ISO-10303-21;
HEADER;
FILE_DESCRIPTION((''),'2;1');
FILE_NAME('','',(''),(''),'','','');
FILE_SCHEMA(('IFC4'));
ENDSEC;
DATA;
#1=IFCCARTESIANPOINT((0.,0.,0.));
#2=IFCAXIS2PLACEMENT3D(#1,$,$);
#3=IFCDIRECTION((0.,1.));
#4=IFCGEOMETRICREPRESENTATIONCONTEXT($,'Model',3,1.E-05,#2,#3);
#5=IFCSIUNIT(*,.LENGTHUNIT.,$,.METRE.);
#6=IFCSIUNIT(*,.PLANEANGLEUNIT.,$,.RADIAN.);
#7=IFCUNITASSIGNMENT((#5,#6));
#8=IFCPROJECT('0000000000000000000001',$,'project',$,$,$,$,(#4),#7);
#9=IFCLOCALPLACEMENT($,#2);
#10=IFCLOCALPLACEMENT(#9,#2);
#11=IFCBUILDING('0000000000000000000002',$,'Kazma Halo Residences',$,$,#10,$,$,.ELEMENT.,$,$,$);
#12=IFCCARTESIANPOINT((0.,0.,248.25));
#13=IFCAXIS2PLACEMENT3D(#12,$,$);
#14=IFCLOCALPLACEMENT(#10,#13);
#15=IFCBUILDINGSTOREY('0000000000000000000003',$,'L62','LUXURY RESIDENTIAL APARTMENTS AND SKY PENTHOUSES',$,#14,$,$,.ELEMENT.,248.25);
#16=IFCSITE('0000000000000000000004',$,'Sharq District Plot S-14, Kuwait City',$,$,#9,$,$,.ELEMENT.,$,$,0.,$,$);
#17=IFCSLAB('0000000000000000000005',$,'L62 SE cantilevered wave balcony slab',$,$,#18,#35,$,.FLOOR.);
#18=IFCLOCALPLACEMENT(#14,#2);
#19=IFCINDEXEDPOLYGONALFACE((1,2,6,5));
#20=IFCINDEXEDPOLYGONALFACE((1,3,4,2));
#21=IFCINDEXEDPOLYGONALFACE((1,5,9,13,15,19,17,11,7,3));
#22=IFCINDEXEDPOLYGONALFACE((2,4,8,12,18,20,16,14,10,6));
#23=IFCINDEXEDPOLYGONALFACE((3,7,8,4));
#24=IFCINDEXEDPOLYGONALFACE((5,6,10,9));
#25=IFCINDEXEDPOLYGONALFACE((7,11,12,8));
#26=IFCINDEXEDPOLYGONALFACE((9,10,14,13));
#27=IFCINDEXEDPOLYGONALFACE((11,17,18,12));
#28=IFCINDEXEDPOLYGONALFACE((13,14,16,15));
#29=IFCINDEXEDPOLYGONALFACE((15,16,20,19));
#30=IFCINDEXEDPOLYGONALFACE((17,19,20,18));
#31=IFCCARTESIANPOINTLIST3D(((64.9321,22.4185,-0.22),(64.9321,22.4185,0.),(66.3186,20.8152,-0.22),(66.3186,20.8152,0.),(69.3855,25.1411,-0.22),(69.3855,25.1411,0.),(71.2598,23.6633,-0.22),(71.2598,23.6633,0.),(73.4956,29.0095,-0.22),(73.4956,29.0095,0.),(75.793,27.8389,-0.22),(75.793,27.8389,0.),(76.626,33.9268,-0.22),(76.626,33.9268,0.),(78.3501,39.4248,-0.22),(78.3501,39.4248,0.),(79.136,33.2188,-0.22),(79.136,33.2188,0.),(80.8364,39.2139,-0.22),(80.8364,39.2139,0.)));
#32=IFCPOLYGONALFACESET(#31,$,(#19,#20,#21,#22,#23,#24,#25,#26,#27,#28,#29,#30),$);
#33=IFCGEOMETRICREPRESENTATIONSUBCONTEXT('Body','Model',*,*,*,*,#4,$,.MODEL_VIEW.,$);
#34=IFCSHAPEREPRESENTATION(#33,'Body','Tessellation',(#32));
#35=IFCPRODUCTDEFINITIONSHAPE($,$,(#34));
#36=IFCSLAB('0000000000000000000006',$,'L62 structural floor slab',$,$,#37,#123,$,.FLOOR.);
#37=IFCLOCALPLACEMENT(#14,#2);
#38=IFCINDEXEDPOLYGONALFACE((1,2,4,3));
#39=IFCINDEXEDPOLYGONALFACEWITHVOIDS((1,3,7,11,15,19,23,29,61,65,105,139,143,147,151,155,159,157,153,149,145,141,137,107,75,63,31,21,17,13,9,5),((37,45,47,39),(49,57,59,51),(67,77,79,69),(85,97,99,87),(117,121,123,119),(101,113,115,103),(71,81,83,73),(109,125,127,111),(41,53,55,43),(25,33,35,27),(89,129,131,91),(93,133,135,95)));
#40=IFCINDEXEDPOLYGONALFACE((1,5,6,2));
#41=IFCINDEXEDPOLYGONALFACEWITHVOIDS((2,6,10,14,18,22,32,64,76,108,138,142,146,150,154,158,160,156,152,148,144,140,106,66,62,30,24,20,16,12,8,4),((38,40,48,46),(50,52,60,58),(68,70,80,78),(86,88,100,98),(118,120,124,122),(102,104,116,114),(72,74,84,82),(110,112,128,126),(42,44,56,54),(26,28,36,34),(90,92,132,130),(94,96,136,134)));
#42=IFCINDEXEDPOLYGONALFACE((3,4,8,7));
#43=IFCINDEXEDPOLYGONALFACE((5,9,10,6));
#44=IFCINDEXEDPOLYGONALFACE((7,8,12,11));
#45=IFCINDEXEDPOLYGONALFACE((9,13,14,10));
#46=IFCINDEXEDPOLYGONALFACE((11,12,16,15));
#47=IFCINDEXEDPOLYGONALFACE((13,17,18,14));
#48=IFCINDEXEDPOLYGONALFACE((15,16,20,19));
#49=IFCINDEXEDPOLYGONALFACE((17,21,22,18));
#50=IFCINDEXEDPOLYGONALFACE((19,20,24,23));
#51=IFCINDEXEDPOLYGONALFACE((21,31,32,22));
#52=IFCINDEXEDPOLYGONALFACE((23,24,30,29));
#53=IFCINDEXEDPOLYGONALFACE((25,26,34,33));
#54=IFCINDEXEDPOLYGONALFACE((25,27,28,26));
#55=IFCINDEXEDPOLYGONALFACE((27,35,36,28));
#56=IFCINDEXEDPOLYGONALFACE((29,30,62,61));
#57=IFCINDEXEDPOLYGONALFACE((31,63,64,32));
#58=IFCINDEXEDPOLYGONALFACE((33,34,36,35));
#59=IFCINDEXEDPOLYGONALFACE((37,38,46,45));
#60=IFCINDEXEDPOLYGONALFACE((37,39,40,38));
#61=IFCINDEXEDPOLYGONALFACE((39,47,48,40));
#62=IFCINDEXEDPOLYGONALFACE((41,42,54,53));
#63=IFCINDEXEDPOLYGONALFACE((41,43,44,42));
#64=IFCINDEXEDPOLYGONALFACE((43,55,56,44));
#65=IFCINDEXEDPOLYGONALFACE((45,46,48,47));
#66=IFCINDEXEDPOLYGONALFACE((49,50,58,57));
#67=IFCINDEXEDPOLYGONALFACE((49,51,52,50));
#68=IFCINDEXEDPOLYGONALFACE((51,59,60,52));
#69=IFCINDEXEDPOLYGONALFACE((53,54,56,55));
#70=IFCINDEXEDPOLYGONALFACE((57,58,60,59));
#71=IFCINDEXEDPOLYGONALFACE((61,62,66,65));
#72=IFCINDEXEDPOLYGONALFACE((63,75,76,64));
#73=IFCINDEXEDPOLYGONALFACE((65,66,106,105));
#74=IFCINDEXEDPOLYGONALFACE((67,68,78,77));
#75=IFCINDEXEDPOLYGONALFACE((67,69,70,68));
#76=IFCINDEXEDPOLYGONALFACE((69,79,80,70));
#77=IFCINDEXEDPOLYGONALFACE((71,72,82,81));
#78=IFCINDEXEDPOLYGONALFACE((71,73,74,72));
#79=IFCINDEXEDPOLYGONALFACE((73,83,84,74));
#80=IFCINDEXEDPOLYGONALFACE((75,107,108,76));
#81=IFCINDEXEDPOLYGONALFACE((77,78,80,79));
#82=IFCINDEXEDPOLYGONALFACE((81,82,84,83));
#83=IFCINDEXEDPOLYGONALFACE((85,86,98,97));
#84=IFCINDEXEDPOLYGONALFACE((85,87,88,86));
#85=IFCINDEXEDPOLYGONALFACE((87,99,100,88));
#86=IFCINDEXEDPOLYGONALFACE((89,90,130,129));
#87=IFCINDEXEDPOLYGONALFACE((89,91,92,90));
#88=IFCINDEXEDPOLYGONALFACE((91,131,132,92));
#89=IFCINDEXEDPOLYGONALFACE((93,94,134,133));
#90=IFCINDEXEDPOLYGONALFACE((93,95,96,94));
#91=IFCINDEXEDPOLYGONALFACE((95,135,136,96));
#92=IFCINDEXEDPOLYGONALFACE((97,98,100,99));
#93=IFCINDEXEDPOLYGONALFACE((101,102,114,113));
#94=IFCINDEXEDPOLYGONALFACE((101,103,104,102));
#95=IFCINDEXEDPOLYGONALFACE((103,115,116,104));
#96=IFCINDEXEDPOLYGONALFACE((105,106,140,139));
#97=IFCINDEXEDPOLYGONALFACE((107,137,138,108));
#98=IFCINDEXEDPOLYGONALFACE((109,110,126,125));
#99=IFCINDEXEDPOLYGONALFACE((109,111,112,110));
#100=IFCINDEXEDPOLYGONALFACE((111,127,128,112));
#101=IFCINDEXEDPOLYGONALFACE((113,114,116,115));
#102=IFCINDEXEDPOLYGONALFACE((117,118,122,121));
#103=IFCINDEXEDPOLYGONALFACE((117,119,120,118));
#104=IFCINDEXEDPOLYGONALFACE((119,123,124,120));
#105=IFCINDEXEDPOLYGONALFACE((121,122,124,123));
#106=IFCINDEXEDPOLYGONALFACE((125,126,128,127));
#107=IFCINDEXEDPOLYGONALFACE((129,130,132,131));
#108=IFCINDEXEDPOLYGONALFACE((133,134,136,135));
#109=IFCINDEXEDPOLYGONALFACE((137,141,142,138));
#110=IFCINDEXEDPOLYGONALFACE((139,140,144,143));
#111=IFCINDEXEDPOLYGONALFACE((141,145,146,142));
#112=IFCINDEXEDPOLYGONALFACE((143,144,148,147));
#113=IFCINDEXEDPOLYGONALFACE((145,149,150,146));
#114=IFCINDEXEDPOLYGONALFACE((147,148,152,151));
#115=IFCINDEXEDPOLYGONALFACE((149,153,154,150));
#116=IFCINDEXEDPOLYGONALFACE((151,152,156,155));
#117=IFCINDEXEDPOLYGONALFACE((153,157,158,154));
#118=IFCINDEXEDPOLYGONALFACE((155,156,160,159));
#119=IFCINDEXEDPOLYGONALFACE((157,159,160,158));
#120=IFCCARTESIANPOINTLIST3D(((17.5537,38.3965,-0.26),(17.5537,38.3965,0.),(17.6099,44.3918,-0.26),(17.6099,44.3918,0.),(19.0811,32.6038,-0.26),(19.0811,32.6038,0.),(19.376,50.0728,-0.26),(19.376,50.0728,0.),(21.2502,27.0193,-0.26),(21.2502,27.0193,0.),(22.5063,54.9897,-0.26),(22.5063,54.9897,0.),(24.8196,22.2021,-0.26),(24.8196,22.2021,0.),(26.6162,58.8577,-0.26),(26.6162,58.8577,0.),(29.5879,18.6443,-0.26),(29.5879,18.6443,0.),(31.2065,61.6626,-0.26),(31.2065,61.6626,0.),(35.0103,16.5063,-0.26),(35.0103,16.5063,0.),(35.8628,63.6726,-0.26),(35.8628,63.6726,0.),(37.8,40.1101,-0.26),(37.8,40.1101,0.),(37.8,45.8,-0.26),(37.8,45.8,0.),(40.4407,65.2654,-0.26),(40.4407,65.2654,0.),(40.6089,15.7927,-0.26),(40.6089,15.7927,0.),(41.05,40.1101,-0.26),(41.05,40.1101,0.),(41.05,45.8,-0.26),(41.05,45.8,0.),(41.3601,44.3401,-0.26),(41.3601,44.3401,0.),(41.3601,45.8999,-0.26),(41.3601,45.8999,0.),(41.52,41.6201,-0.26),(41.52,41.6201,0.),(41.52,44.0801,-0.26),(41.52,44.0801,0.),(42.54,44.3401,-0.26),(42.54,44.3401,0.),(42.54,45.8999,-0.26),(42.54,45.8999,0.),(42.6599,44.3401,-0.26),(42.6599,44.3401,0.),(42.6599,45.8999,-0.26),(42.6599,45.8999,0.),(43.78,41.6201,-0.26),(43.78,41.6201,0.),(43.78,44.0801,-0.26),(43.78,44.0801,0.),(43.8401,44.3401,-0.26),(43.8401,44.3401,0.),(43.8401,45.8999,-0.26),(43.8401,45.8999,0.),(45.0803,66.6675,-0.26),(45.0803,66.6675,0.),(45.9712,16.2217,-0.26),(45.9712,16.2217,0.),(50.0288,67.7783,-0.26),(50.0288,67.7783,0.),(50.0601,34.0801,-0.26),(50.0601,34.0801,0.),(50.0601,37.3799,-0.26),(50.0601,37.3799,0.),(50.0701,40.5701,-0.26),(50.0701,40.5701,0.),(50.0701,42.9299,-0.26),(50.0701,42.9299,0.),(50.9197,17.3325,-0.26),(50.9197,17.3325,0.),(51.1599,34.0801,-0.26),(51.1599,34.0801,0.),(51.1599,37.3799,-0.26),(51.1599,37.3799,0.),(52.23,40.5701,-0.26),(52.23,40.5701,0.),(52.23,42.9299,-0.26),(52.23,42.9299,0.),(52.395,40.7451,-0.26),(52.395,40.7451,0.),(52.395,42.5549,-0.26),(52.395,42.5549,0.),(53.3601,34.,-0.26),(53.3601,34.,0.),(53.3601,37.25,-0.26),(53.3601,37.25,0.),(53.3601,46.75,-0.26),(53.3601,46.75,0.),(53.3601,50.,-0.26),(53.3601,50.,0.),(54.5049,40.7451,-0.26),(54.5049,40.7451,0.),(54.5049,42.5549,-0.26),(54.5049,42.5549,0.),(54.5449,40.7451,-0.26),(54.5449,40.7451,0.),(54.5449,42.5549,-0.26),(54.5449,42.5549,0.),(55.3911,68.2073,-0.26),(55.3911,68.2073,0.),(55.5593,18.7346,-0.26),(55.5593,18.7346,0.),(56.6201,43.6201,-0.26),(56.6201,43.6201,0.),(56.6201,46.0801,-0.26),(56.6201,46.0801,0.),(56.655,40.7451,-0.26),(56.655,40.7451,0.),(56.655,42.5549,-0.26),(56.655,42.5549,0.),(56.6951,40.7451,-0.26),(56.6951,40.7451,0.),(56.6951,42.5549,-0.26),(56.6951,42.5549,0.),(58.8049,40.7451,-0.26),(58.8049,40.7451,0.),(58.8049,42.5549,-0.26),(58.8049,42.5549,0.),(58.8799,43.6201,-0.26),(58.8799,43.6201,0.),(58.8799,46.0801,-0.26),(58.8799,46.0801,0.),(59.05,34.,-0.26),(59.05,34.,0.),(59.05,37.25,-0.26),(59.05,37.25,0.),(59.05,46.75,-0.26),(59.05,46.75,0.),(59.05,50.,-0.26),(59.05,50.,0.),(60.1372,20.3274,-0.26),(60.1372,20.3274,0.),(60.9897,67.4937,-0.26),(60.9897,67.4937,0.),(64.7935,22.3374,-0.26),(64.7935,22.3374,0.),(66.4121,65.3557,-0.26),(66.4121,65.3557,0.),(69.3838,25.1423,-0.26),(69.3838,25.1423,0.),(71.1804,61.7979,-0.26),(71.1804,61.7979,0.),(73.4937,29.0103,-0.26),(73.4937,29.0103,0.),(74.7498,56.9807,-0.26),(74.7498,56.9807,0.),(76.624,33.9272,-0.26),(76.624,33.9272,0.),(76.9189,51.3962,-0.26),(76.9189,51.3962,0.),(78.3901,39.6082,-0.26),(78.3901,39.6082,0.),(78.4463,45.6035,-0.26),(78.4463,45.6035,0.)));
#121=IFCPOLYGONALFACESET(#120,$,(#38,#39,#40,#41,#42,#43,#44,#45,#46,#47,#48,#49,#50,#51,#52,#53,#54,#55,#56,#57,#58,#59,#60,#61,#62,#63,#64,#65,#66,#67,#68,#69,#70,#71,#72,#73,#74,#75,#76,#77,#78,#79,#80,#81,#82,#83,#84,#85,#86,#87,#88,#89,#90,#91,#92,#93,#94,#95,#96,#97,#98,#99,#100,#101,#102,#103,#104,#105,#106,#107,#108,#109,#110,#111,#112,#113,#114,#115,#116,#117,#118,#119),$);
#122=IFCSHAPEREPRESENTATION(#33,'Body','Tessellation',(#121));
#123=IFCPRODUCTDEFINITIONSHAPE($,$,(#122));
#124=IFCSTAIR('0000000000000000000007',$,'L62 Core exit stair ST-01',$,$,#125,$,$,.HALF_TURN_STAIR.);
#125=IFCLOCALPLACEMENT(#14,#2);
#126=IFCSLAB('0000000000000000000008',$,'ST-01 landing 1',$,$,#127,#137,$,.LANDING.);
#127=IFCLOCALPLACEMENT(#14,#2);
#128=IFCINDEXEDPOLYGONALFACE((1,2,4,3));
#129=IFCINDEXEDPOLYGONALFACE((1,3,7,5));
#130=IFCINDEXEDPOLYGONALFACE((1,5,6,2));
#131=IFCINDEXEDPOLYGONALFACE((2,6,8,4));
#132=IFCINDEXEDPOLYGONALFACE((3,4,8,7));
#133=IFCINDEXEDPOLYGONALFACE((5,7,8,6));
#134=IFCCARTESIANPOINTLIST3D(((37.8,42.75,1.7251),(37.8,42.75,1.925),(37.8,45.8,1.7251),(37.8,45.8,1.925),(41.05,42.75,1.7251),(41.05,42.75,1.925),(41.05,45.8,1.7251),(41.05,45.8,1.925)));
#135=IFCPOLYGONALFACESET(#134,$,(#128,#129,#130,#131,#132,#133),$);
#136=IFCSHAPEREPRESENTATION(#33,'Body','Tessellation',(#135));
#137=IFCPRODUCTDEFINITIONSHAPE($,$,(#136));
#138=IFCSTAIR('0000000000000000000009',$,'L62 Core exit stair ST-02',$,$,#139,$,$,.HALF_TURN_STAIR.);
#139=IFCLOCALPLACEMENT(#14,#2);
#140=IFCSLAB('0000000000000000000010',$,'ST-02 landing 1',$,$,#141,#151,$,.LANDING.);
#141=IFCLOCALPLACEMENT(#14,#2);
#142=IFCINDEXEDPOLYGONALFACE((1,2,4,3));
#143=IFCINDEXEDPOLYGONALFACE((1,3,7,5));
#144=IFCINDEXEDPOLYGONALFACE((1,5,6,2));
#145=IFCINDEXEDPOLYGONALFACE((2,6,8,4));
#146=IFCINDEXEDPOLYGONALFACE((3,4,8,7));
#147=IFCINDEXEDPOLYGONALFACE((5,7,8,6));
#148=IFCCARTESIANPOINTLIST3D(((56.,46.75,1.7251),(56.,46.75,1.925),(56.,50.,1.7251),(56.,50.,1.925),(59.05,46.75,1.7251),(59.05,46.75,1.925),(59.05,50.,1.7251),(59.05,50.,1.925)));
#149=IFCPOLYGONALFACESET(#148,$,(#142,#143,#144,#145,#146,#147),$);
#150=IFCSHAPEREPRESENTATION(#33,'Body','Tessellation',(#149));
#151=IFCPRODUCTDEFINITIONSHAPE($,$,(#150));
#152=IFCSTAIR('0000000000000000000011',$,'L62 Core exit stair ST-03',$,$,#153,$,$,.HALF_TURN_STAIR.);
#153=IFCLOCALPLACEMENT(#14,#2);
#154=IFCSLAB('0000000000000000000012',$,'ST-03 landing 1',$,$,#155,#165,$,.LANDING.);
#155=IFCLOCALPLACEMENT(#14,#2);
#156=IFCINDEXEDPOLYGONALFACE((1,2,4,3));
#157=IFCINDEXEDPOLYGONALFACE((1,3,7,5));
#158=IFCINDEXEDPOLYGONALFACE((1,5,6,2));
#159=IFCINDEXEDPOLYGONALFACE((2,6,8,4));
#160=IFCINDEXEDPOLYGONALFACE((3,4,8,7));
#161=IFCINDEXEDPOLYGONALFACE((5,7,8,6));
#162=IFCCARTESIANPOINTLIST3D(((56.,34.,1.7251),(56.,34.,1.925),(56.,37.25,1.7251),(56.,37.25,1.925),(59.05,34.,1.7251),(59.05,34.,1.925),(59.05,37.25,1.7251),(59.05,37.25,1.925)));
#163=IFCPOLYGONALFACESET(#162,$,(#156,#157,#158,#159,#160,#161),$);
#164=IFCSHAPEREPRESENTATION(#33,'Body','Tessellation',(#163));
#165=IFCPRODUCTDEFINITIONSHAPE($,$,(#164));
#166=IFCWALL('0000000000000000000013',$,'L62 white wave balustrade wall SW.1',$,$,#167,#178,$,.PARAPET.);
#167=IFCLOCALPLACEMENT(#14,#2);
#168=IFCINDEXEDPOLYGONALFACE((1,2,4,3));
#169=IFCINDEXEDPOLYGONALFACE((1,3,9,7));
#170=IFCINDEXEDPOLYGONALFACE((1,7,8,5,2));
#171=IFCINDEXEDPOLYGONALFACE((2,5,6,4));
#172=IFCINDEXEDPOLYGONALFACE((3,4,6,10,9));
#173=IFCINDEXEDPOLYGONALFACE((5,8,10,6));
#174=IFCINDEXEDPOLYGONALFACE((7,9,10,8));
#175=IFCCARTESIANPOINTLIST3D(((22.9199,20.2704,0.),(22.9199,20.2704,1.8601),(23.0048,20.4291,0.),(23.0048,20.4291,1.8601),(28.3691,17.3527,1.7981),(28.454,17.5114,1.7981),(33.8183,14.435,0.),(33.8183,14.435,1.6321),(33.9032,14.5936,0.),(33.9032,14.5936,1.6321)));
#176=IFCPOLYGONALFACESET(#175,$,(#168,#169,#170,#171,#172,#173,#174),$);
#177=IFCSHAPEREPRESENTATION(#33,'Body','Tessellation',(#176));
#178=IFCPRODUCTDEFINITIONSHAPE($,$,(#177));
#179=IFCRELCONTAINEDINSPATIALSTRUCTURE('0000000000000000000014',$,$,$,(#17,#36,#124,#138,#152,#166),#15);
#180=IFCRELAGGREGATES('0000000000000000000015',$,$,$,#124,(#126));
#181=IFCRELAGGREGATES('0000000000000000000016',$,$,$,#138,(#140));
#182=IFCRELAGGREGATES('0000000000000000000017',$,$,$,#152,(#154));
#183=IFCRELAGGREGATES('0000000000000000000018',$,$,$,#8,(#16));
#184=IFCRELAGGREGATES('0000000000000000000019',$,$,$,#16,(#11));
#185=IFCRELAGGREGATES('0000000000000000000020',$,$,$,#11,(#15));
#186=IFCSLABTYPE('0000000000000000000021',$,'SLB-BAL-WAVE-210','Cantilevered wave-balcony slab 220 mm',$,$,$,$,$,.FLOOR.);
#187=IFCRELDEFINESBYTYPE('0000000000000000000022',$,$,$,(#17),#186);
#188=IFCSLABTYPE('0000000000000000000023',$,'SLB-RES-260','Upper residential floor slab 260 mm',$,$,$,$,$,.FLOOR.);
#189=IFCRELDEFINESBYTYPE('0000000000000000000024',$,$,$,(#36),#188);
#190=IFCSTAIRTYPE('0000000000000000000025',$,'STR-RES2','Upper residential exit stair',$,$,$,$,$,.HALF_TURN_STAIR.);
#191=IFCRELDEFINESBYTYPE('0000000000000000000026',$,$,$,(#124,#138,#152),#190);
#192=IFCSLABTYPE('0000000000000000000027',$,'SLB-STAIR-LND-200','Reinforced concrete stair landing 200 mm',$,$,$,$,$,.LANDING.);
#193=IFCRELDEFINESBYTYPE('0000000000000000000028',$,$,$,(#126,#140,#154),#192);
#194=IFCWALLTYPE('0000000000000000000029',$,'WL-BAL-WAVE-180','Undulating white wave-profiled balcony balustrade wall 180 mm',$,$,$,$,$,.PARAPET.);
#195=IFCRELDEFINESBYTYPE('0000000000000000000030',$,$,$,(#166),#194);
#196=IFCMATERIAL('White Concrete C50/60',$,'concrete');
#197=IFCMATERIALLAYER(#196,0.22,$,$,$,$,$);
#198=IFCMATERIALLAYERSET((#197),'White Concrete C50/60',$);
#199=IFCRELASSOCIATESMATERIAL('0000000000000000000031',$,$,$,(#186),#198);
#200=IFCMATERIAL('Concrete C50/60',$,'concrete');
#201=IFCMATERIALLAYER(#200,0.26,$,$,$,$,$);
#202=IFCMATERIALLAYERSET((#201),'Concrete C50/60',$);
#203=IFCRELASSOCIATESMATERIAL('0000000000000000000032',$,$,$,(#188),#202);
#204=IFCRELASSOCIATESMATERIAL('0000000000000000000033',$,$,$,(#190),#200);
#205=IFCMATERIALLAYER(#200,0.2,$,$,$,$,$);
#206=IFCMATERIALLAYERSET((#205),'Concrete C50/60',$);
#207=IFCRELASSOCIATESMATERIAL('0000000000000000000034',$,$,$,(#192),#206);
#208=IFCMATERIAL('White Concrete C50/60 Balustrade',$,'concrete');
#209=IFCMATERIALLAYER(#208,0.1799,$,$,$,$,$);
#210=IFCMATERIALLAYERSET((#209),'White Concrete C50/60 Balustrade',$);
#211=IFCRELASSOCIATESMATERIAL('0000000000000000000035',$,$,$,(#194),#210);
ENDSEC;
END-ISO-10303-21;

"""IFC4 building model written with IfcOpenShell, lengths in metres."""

from ifc_helpers import new_model, si_unit, direction, frame, origin, place, context, subcontext, project, spatial, polyline, outline, extrude, material, layer, layer_set, type_object, element, aggregate, save


model = new_model("IFC4")

# Units and contexts
model_context = context("Model", 3, precision=1e-05, world=origin(), true_north=direction((0.0, 1.0)))
body_context = subcontext(model_context, "Body", "Model", "MODEL_VIEW")
ifc_project = project(units=[si_unit("LENGTHUNIT", "METRE"), si_unit("PLANEANGLEUNIT", "RADIAN")], contexts=[model_context])

# Site, building, storey
site_placement = place(None, origin())
site = spatial("IfcSite", under=ifc_project, at=site_placement, Name="Sharq District Plot S-14, Kuwait City", CompositionType="ELEMENT", RefElevation=0.0)
building_placement = place(site_placement, origin())
building = spatial("IfcBuilding", under=site, at=building_placement, Name="Kazma Halo Residences", CompositionType="ELEMENT")
storey_placement = place(building_placement, frame((0.0, 0.0, 248.25)))
storey = spatial("IfcBuildingStorey", under=building, at=storey_placement, Name="L62", Description="LUXURY RESIDENTIAL APARTMENTS AND SKY PENTHOUSES", CompositionType="ELEMENT", Elevation=248.25)

# Slabs
ifc_material_1 = material(Name="White Concrete C50/60", Category="concrete")
ifc_layer_1 = layer(ifc_material_1, 0.22)
ifc_layer_set_1 = layer_set([ifc_layer_1], Name="White Concrete C50/60")
slab_type_1 = type_object("IfcSlabType", Name="SLB-BAL-WAVE-210", Description="Cantilevered wave-balcony slab 220 mm", PredefinedType="FLOOR", material=ifc_layer_set_1)
slab_1_placement = place(storey_placement, frame((0.0, 0.0, -0.22)))
element("IfcSlab", 1, at=slab_1_placement, inside=storey, type_object=slab_type_1, Name="L62 SE cantilevered wave balcony slab", PredefinedType="FLOOR", context=body_context, shape_type="SweptSolid", body=[
    extrude(outline(polyline([(64.9321, 22.4185), (69.3855, 25.1411), (73.4956, 29.0095), (76.626, 33.9268), (78.3501, 39.4248), (80.8364, 39.2139), (79.136, 33.2188), (75.793, 27.8389), (71.2598, 23.6633), (66.3186, 20.8152), (64.9321, 22.4185)])), origin(), (0.0, 0.0, 1.0), 0.22),
])
ifc_material_2 = material(Name="Concrete C50/60", Category="concrete")
ifc_layer_2 = layer(ifc_material_2, 0.26)
ifc_layer_set_2 = layer_set([ifc_layer_2], Name="Concrete C50/60")
slab_type_2 = type_object("IfcSlabType", Name="SLB-RES-260", Description="Upper residential floor slab 260 mm", PredefinedType="FLOOR", material=ifc_layer_set_2)
slab_2_placement = place(storey_placement, frame((0.0, 0.0, -0.26)))
element("IfcSlab", 2, at=slab_2_placement, inside=storey, type_object=slab_type_2, Name="L62 structural floor slab", PredefinedType="FLOOR", context=body_context, shape_type="SweptSolid", body=[
    extrude(outline(polyline([(76.9189, 51.3962), (74.7498, 56.9807), (71.1804, 61.7979), (66.4121, 65.3557), (60.9897, 67.4937), (55.3911, 68.2073), (50.0288, 67.7783), (45.0803, 66.6675), (40.4407, 65.2654), (35.8628, 63.6726), (31.2065, 61.6626), (26.6162, 58.8577), (22.5063, 54.9897), (19.376, 50.0728), (17.6099, 44.3918), (17.5537, 38.3965), (19.0811, 32.6038), (21.2502, 27.0193), (24.8196, 22.2021), (29.5879, 18.6443), (35.0103, 16.5063), (40.6089, 15.7927), (45.9712, 16.2217), (50.9197, 17.3325), (55.5593, 18.7346), (60.1372, 20.3274), (64.7935, 22.3374), (69.3838, 25.1423), (73.4937, 29.0103), (76.624, 33.9272), (78.3901, 39.6082), (78.4463, 45.6035), (76.9189, 51.3962)]), holes=[polyline([(37.8, 40.1101), (41.05, 40.1101), (41.05, 45.8), (37.8, 45.8), (37.8, 40.1101)]), polyline([(53.3601, 46.75), (59.05, 46.75), (59.05, 50.0), (53.3601, 50.0), (53.3601, 46.75)]), polyline([(53.3601, 34.0), (59.05, 34.0), (59.05, 37.25), (53.3601, 37.25), (53.3601, 34.0)]), polyline([(41.52, 41.6201), (43.78, 41.6201), (43.78, 44.0801), (41.52, 44.0801), (41.52, 41.6201)]), polyline([(56.6201, 43.6201), (58.8799, 43.6201), (58.8799, 46.0801), (56.6201, 46.0801), (56.6201, 43.6201)]), polyline([(52.395, 40.7451), (54.5049, 40.7451), (54.5049, 42.5549), (52.395, 42.5549), (52.395, 40.7451)]), polyline([(54.5449, 40.7451), (56.655, 40.7451), (56.655, 42.5549), (54.5449, 42.5549), (54.5449, 40.7451)]), polyline([(56.6951, 40.7451), (58.8049, 40.7451), (58.8049, 42.5549), (56.6951, 42.5549), (56.6951, 40.7451)]), polyline([(50.0701, 40.5701), (52.23, 40.5701), (52.23, 42.9299), (50.0701, 42.9299), (50.0701, 40.5701)]), polyline([(41.3601, 44.3401), (42.54, 44.3401), (42.54, 45.8999), (41.3601, 45.8999), (41.3601, 44.3401)]), polyline([(42.6599, 44.3401), (43.8401, 44.3401), (43.8401, 45.8999), (42.6599, 45.8999), (42.6599, 44.3401)]), polyline([(50.0601, 34.0801), (51.1599, 34.0801), (51.1599, 37.3799), (50.0601, 37.3799), (50.0601, 34.0801)])]), origin(), (0.0, 0.0, 1.0), 0.26),
])

# Stairs, slabs
stair_type = type_object("IfcStairType", Name="STR-RES2", Description="Upper residential exit stair", PredefinedType="HALF_TURN_STAIR", material=ifc_material_2)
stair_1_placement = place(storey_placement, origin())
stair_1 = element("IfcStair", 3, at=stair_1_placement, inside=storey, type_object=stair_type, Name="L62 Core exit stair ST-01", PredefinedType="HALF_TURN_STAIR")
ifc_layer_3 = layer(ifc_material_2, 0.2)
ifc_layer_set_3 = layer_set([ifc_layer_3], Name="Concrete C50/60")
slab_type_3 = type_object("IfcSlabType", Name="SLB-STAIR-LND-200", Description="Reinforced concrete stair landing 200 mm", PredefinedType="LANDING", material=ifc_layer_set_3)
slab_3_placement = place(storey_placement, frame((0.0, 0.0, 1.7251)))
slab_3 = element("IfcSlab", 4, at=slab_3_placement, type_object=slab_type_3, Name="ST-01 landing 1", PredefinedType="LANDING", context=body_context, shape_type="SweptSolid", body=[
    extrude(outline(polyline([(41.05, 42.75), (41.05, 45.8), (37.8, 45.8), (37.8, 42.75), (41.05, 42.75)])), origin(), (0.0, 0.0, 1.0), 0.2),
])
aggregate(stair_1, [slab_3])
stair_2_placement = place(storey_placement, origin())
stair_2 = element("IfcStair", 5, at=stair_2_placement, inside=storey, type_object=stair_type, Name="L62 Core exit stair ST-02", PredefinedType="HALF_TURN_STAIR")
slab_4_placement = place(storey_placement, frame((0.0, 0.0, 1.7251)))
slab_4 = element("IfcSlab", 6, at=slab_4_placement, type_object=slab_type_3, Name="ST-02 landing 1", PredefinedType="LANDING", context=body_context, shape_type="SweptSolid", body=[
    extrude(outline(polyline([(56.0, 46.75), (59.05, 46.75), (59.05, 50.0), (56.0, 50.0), (56.0, 46.75)])), origin(), (0.0, 0.0, 1.0), 0.2),
])
aggregate(stair_2, [slab_4])
stair_3_placement = place(storey_placement, origin())
stair_3 = element("IfcStair", 7, at=stair_3_placement, inside=storey, type_object=stair_type, Name="L62 Core exit stair ST-03", PredefinedType="HALF_TURN_STAIR")
slab_5_placement = place(storey_placement, frame((0.0, 0.0, 1.7251)))
slab_5 = element("IfcSlab", 8, at=slab_5_placement, type_object=slab_type_3, Name="ST-03 landing 1", PredefinedType="LANDING", context=body_context, shape_type="SweptSolid", body=[
    extrude(outline(polyline([(56.0, 34.0), (59.05, 34.0), (59.05, 37.25), (56.0, 37.25), (56.0, 34.0)])), origin(), (0.0, 0.0, 1.0), 0.2),
])
aggregate(stair_3, [slab_5])

# Wall
ifc_material_3 = material(Name="White Concrete C50/60 Balustrade", Category="concrete")
ifc_layer_4 = layer(ifc_material_3, 0.1799)
ifc_layer_set_4 = layer_set([ifc_layer_4], Name="White Concrete C50/60 Balustrade")
wall_type_1 = type_object("IfcWallType", Name="WL-BAL-WAVE-180", Description="Undulating white wave-profiled balcony balustrade wall 180 mm", PredefinedType="PARAPET", material=ifc_layer_set_4)
wall_1_placement = place(storey_placement, frame((22.9624, 20.3499, 0.0), z_axis=(0.0, 0.0, 1.0), x_axis=(0.881581, -0.472033, 0.0)))
element("IfcWall", 9, at=wall_1_placement, inside=storey, type_object=wall_type_1, Name="L62 white wave balustrade wall SW.1", PredefinedType="PARAPET", context=body_context, shape_type="SweptSolid", body=[
    extrude(outline(polyline([(0.0, 0.0), (12.3623, 0.0), (12.3623, 1.6321), (6.1812, 1.7981), (0.0, 1.8601), (0.0, 0.0)])), frame((0.0, 0.0898, 0.0), z_axis=(0.0, -1.0, 0.0), x_axis=(1.0, 0.0, 0.0)), (0.0, 0.0, 1.0), 0.1799),
])

save(model, "model.ifc")
